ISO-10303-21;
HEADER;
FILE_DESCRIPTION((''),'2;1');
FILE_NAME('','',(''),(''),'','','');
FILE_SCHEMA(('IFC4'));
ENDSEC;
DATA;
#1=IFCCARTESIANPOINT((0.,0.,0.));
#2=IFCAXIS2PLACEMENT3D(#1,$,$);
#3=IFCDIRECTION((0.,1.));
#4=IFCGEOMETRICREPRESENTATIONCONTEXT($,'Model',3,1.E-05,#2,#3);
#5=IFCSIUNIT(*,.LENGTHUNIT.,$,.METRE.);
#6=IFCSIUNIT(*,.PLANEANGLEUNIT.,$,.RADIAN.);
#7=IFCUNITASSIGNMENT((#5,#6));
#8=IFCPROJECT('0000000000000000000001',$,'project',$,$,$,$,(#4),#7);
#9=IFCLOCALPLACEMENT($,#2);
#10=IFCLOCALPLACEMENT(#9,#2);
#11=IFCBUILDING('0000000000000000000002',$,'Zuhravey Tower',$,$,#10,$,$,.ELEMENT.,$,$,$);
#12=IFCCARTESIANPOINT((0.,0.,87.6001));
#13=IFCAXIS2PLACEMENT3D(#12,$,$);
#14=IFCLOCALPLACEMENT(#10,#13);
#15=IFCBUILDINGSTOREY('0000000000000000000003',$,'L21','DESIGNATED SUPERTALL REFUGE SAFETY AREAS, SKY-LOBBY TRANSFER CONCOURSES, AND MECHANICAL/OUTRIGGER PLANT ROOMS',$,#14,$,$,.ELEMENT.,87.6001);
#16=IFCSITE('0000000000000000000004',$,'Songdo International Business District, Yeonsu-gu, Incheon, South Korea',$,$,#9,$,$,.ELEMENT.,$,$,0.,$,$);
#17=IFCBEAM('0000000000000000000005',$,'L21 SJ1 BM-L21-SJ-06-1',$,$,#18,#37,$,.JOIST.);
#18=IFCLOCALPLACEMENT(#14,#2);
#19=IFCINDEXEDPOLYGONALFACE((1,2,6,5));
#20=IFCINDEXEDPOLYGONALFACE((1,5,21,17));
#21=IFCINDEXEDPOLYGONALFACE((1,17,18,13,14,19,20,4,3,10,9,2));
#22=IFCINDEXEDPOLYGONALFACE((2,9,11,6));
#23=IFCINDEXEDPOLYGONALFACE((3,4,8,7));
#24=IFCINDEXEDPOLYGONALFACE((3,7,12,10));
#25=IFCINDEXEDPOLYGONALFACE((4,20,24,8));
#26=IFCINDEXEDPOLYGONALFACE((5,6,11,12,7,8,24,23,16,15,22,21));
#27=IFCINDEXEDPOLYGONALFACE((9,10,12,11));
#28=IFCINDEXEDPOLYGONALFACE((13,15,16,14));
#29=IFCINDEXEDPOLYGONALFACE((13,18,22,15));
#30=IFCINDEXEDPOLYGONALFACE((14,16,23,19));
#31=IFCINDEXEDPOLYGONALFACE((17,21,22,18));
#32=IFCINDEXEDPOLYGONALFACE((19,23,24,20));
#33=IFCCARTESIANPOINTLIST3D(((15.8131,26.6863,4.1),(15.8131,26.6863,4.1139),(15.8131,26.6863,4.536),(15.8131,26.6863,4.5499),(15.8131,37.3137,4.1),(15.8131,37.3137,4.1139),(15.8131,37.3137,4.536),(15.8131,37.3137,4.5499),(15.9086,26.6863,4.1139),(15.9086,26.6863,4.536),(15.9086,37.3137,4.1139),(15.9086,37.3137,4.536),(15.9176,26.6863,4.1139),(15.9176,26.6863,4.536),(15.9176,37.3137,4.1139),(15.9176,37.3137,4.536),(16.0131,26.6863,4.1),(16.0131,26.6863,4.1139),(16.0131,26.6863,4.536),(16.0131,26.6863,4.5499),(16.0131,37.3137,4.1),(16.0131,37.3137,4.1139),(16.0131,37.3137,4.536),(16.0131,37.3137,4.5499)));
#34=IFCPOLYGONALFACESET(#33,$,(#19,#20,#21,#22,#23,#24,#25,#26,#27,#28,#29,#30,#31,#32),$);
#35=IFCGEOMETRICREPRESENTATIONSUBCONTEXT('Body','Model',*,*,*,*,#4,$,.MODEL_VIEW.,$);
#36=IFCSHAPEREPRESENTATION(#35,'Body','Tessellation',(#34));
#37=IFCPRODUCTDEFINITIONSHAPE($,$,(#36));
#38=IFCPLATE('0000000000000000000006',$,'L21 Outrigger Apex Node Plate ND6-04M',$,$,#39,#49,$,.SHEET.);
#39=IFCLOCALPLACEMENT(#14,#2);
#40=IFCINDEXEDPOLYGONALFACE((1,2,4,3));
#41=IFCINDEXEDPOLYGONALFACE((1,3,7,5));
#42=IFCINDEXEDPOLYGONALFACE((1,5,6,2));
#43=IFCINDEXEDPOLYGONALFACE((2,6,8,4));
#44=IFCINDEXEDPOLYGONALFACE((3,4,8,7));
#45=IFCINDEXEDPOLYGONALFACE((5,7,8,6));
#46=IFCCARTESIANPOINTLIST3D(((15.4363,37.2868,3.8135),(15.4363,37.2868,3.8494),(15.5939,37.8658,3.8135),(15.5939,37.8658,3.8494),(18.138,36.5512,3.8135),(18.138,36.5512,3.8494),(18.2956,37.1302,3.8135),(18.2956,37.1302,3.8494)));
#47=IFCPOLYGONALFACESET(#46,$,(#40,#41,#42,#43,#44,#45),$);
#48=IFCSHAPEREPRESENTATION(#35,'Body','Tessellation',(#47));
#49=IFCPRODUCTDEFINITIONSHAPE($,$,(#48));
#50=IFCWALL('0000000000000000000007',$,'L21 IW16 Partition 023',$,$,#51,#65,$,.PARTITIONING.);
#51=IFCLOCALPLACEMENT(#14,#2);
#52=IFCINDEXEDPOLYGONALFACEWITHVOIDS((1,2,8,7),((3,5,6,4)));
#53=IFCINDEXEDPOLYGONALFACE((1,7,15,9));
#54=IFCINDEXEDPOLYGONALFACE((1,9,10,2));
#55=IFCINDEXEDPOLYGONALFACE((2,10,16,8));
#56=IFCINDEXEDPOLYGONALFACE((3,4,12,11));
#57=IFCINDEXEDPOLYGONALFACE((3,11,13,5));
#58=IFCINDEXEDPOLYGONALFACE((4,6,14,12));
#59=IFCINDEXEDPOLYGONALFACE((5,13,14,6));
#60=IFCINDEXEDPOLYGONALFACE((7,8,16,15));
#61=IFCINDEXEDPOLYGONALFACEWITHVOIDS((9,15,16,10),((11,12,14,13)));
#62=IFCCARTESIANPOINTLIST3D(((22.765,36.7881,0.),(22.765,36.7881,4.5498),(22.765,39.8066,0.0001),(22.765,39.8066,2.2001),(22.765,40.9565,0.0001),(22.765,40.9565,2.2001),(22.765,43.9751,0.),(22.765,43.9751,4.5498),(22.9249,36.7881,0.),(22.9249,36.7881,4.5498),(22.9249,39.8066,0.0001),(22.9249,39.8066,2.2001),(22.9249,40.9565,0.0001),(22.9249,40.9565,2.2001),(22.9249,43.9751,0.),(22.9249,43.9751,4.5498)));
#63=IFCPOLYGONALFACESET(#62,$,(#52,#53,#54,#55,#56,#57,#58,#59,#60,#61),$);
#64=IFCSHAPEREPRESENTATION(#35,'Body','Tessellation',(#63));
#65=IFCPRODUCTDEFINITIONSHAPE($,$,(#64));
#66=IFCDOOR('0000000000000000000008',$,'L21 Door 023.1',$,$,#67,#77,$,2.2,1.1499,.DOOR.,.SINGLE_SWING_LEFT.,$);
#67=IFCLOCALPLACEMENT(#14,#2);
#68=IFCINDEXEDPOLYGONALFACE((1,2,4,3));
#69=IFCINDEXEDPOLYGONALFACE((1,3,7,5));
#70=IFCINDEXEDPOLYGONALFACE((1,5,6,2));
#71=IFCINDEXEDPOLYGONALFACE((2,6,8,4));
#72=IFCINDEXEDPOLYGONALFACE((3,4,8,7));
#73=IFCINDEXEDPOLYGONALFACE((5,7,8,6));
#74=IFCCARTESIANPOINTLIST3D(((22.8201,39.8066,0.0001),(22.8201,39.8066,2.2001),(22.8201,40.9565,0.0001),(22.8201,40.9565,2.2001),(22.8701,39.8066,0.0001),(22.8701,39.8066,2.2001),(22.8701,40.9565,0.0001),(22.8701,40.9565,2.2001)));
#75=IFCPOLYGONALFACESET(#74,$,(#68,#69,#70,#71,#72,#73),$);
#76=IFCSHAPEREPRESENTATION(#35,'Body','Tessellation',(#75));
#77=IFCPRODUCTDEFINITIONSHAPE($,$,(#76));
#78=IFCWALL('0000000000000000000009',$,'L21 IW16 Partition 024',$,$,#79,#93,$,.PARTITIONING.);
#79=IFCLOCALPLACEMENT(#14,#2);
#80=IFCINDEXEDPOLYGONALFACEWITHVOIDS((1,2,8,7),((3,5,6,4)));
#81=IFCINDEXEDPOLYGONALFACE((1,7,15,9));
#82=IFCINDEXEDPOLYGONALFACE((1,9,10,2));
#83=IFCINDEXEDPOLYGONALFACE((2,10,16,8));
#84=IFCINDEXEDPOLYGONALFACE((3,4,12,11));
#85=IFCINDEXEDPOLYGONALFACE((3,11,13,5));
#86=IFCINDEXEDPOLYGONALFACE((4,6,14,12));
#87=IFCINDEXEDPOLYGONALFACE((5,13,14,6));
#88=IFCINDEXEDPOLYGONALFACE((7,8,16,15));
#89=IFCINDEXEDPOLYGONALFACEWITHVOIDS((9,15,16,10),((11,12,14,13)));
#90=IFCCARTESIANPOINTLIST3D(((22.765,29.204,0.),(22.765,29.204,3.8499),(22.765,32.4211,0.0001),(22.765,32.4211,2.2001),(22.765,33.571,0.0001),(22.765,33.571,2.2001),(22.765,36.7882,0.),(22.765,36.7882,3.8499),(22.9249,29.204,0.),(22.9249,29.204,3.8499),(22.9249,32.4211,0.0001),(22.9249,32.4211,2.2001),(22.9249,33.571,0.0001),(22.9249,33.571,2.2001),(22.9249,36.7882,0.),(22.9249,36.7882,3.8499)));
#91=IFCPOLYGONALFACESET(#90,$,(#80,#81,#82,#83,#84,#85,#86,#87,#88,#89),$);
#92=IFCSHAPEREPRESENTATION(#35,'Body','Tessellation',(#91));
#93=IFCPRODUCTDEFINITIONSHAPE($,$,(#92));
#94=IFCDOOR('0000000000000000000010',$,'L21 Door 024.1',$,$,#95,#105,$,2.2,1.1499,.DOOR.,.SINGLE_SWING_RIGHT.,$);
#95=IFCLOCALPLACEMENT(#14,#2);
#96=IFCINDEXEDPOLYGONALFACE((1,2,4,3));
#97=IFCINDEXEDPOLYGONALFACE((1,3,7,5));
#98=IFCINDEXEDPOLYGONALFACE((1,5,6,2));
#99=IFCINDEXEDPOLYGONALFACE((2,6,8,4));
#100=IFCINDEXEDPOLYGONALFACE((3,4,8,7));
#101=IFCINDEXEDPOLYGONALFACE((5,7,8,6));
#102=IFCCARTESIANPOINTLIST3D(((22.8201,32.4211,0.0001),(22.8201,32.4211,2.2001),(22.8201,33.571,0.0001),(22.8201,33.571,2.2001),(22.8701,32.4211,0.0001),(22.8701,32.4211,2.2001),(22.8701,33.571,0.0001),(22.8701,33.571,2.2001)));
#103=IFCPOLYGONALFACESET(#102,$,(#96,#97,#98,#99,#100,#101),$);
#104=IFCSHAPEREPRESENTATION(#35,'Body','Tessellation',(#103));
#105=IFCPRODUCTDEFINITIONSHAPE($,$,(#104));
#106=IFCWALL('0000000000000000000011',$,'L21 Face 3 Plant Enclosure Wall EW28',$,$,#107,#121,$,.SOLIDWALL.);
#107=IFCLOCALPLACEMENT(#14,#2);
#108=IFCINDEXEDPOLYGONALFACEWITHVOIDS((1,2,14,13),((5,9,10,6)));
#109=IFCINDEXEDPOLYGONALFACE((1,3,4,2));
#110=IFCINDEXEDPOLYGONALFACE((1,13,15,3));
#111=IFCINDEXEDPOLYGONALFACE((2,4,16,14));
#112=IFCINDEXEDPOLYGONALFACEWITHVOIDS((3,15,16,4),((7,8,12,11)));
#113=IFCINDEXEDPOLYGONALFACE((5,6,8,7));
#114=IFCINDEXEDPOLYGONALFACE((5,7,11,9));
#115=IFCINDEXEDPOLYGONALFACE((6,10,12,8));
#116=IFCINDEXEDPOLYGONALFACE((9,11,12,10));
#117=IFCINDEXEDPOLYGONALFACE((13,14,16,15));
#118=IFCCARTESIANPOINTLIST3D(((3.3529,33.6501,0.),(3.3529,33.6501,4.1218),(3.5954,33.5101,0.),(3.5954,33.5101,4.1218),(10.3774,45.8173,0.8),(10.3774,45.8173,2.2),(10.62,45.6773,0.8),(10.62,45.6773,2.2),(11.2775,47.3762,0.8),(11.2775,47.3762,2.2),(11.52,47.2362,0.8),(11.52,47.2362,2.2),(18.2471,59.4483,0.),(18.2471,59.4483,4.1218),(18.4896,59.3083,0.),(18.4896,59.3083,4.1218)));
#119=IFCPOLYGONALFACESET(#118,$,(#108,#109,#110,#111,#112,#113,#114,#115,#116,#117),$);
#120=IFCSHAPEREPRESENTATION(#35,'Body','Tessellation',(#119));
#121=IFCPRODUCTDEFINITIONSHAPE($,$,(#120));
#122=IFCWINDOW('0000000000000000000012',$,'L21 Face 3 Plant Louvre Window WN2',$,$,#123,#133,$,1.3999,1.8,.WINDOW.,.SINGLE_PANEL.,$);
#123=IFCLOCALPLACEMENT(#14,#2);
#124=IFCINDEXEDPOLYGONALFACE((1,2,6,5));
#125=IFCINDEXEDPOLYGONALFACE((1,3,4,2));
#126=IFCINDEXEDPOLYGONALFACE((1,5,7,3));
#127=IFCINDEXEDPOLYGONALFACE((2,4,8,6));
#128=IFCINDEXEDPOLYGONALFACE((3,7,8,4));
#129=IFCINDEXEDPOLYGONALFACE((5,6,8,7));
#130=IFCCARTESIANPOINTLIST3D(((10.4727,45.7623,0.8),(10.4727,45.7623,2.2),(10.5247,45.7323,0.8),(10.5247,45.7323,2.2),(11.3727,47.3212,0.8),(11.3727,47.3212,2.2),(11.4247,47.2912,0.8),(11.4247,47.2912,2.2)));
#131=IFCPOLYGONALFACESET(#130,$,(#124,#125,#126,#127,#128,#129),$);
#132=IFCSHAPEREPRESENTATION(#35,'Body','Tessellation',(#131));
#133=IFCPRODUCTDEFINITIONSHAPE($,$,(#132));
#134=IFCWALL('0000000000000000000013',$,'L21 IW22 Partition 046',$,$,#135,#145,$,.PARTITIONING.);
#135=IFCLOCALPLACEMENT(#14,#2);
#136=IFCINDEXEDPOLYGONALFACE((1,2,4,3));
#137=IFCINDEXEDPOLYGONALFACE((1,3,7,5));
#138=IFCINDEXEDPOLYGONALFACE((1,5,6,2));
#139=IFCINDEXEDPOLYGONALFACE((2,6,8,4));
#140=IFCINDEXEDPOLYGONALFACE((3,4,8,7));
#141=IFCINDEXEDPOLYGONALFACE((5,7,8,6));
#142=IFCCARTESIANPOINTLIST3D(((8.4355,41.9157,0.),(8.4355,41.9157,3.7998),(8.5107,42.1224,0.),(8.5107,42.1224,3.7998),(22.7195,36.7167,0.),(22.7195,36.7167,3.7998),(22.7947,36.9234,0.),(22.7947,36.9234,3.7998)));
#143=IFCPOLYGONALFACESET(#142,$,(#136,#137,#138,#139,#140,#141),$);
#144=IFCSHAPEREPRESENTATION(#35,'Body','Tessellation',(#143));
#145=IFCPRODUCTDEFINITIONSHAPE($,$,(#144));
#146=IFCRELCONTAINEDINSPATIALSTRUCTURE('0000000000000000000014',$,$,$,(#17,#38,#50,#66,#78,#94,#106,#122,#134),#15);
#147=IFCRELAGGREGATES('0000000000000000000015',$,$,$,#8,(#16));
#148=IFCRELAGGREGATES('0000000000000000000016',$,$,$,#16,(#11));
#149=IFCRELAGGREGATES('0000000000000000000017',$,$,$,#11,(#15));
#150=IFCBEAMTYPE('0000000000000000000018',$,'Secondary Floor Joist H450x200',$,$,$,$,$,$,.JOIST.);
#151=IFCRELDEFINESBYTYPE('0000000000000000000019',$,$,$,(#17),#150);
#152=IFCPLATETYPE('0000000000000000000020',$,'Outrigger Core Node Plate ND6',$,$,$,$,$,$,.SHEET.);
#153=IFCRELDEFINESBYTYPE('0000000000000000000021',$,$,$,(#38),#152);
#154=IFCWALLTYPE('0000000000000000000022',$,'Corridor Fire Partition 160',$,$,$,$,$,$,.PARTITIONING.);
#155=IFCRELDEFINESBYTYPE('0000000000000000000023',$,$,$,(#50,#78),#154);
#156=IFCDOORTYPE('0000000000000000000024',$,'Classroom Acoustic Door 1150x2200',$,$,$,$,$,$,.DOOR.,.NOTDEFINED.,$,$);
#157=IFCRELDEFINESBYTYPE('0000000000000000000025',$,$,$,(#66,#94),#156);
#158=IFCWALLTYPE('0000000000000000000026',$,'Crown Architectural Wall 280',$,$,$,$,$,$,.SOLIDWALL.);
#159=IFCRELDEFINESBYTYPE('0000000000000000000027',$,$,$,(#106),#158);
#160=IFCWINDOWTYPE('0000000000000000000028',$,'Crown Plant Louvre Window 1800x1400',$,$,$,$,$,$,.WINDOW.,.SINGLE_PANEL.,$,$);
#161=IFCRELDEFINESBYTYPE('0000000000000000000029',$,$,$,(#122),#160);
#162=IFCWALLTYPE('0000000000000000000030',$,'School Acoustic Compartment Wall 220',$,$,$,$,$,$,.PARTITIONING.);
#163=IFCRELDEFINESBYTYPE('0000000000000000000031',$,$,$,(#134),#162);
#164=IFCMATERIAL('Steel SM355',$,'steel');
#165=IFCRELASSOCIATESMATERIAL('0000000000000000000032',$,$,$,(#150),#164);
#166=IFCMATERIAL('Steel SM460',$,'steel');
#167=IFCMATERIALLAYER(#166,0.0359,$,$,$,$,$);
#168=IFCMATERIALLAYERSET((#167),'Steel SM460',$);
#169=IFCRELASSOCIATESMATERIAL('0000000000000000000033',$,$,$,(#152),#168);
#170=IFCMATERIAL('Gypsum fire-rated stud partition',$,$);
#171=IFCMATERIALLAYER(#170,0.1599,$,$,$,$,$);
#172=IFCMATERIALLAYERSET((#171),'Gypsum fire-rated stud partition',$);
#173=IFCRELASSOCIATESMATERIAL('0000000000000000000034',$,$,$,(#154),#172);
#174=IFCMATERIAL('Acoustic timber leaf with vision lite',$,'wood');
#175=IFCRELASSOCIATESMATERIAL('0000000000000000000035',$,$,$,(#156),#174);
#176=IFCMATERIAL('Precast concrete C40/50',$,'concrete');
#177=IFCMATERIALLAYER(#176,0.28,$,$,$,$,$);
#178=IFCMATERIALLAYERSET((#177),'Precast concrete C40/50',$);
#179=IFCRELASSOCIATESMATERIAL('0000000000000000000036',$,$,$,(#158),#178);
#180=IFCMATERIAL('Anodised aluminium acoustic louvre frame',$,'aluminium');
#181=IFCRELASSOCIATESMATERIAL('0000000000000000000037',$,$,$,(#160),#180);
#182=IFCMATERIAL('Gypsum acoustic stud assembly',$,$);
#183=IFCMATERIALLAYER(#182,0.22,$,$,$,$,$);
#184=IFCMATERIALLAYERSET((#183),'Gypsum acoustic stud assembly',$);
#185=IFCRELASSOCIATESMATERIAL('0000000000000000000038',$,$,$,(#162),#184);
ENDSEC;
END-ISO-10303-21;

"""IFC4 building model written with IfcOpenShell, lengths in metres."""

from ifc_helpers import new_model, si_unit, direction, frame, frame_2d, origin, origin_2d, place, context, subcontext, project, spatial, rectangle, i_section, extrude, material, layer, layer_set, material_profile, profile_set, type_object, element, fill, save


model = new_model("IFC4")

# Units and contexts
model_context = context("Model", 3, precision=1e-05, world=origin(), true_north=direction((0.0, 1.0)))
body_context = subcontext(model_context, "Body", "Model", "MODEL_VIEW")
ifc_project = project(units=[si_unit("LENGTHUNIT", "METRE"), si_unit("PLANEANGLEUNIT", "RADIAN")], contexts=[model_context])

# Site, building, storey
site_placement = place(None, origin())
site = spatial("IfcSite", under=ifc_project, at=site_placement, Name="Songdo International Business District, Yeonsu-gu, Incheon, South Korea", CompositionType="ELEMENT", RefElevation=0.0)
building_placement = place(site_placement, origin())
building = spatial("IfcBuilding", under=site, at=building_placement, Name="Zuhravey Tower", CompositionType="ELEMENT")
storey_placement = place(building_placement, frame((0.0, 0.0, 87.6001)))
storey = spatial("IfcBuildingStorey", under=building, at=storey_placement, Name="L21", Description="DESIGNATED SUPERTALL REFUGE SAFETY AREAS, SKY-LOBBY TRANSFER CONCOURSES, AND MECHANICAL/OUTRIGGER PLANT ROOMS", CompositionType="ELEMENT", Elevation=87.6001)

# Shared definitions
ifc_material_1 = material(Name="Steel SM355", Category="steel")

# Shared definitions
ifc_material_2 = material(Name="Steel SM460", Category="steel")

# Beam
ifc_material_profile_1 = material_profile(ifc_material_1, i_section(OverallWidth=0.2, OverallDepth=0.45, WebThickness=0.009, FlangeThickness=0.0139, at=origin_2d()), Name="H-450x200x9x14")
ifc_profile_set_1 = profile_set([ifc_material_profile_1], Name="Steel SM355")
beam_type_1 = type_object("IfcBeamType", Name="Secondary Floor Joist H450x200", PredefinedType="JOIST", material=ifc_profile_set_1)
beam_1_placement = place(storey_placement, frame((15.9131, 37.3137, 4.325), z_axis=(0.0, -1.0, 0.0), x_axis=(1.0, 0.0, 0.0)))
element("IfcBeam", 1, at=beam_1_placement, inside=storey, type_object=beam_type_1, Name="L21 SJ1 BM-L21-SJ-06-1", PredefinedType="JOIST", context=body_context, shape_type="SweptSolid", body=[
    extrude(i_section(OverallWidth=0.2, OverallDepth=0.45, WebThickness=0.009, FlangeThickness=0.0139, at=origin_2d()), origin(), (0.0, 0.0, 1.0), 10.6274),
])

# Plate
ifc_layer_1 = layer(ifc_material_2, 0.0359)
ifc_layer_set_1 = layer_set([ifc_layer_1], Name="Steel SM460")
plate_type = type_object("IfcPlateType", Name="Outrigger Core Node Plate ND6", PredefinedType="SHEET", material=ifc_layer_set_1)
plate_placement = place(storey_placement, frame((16.866, 37.2085, 3.8135), z_axis=(0.0, 0.0, 1.0), x_axis=(-0.964879, 0.262694, 0.0)))
element("IfcPlate", 2, at=plate_placement, inside=storey, type_object=plate_type, Name="L21 Outrigger Apex Node Plate ND6-04M", PredefinedType="SHEET", context=body_context, shape_type="SweptSolid", body=[
    extrude(rectangle(XDim=2.8, YDim=0.6001, at=origin_2d()), origin(), (0.0, 0.0, 1.0), 0.0359),
])

# Walls, openings, doors
ifc_material_3 = material(Name="Gypsum fire-rated stud partition")
ifc_layer_2 = layer(ifc_material_3, 0.1599)
ifc_layer_set_2 = layer_set([ifc_layer_2], Name="Gypsum fire-rated stud partition")
wall_type_1 = type_object("IfcWallType", Name="Corridor Fire Partition 160", PredefinedType="PARTITIONING", material=ifc_layer_set_2)
wall_1_placement = place(storey_placement, frame((22.845, 43.9751, 0.0), z_axis=(0.0, 0.0, 1.0), x_axis=(0.0, -1.0, 0.0)))
wall_1 = element("IfcWall", 3, at=wall_1_placement, inside=storey, type_object=wall_type_1, Name="L21 IW16 Partition 023", PredefinedType="PARTITIONING", context=body_context, shape_type="SweptSolid", body=[
    extrude(rectangle(XDim=7.187, YDim=0.1599, at=frame_2d((3.5935, 0.0))), origin(), (0.0, 0.0, 1.0), 4.5498),
])
opening_1_placement = place(wall_1_placement, frame((3.0186, 0.0, 0.0)))
opening_1 = element("IfcOpeningElement", 4, at=opening_1_placement, cuts=wall_1, PredefinedType="OPENING", context=body_context, shape_type="SweptSolid", body=[
    extrude(rectangle(XDim=1.1499, YDim=2.2, at=frame_2d((0.575, 1.1001))), frame((0.0, 0.092, 0.0), z_axis=(0.0, -1.0, 0.0), x_axis=(1.0, 0.0, 0.0)), (0.0, 0.0, 1.0), 0.1838),
])
ifc_material_4 = material(Name="Acoustic timber leaf with vision lite", Category="wood")
door_type = type_object("IfcDoorType", Name="Classroom Acoustic Door 1150x2200", OperationType="NOTDEFINED", PredefinedType="DOOR", material=ifc_material_4)
door_1_placement = place(opening_1_placement, frame((1.1499, 0.0, 0.0), z_axis=(0.0, 0.0, 1.0), x_axis=(-1.0, 0.0, 0.0)))
door_1 = element("IfcDoor", 5, at=door_1_placement, inside=storey, type_object=door_type, Name="L21 Door 023.1", OperationType="SINGLE_SWING_LEFT", OverallHeight=2.2, OverallWidth=1.1499, PredefinedType="DOOR", context=body_context, shape_type="SweptSolid", body=[
    extrude(rectangle(XDim=1.1499, YDim=2.2, at=frame_2d((0.575, 1.1001))), frame((0.0, 0.0249, 0.0), z_axis=(0.0, -1.0, 0.0), x_axis=(1.0, 0.0, 0.0)), (0.0, 0.0, 1.0), 0.05),
])
fill(opening_1, door_1)
wall_2_placement = place(storey_placement, frame((22.845, 36.7881, 0.0), z_axis=(0.0, 0.0, 1.0), x_axis=(0.0, -1.0, 0.0)))
wall_2 = element("IfcWall", 6, at=wall_2_placement, inside=storey, type_object=wall_type_1, Name="L21 IW16 Partition 024", PredefinedType="PARTITIONING", context=body_context, shape_type="SweptSolid", body=[
    extrude(rectangle(XDim=7.5842, YDim=0.1599, at=frame_2d((3.792, 0.0))), origin(), (0.0, 0.0, 1.0), 3.8499),
])
opening_2_placement = place(wall_2_placement, frame((3.217, 0.0, 0.0)))
opening_2 = element("IfcOpeningElement", 7, at=opening_2_placement, cuts=wall_2, PredefinedType="OPENING", context=body_context, shape_type="SweptSolid", body=[
    extrude(rectangle(XDim=1.1499, YDim=2.2, at=frame_2d((0.575, 1.1001))), frame((0.0, 0.092, 0.0), z_axis=(0.0, -1.0, 0.0), x_axis=(1.0, 0.0, 0.0)), (0.0, 0.0, 1.0), 0.1838),
])
door_2_placement = place(opening_2_placement, frame((1.1499, 0.0, 0.0), z_axis=(0.0, 0.0, 1.0), x_axis=(-1.0, 0.0, 0.0)))
door_2 = element("IfcDoor", 8, at=door_2_placement, inside=storey, type_object=door_type, Name="L21 Door 024.1", OperationType="SINGLE_SWING_RIGHT", OverallHeight=2.2, OverallWidth=1.1499, PredefinedType="DOOR", context=body_context, shape_type="SweptSolid", body=[
    extrude(rectangle(XDim=1.1499, YDim=2.2, at=frame_2d((0.575, 1.1001))), frame((0.0, 0.0249, 0.0), z_axis=(0.0, -1.0, 0.0), x_axis=(1.0, 0.0, 0.0)), (0.0, 0.0, 1.0), 0.05),
])
fill(opening_2, door_2)

# Wall, opening, window
ifc_material_5 = material(Name="Precast concrete C40/50", Category="concrete")
ifc_layer_3 = layer(ifc_material_5, 0.28)
ifc_layer_set_3 = layer_set([ifc_layer_3], Name="Precast concrete C40/50")
wall_type_2 = type_object("IfcWallType", Name="Crown Architectural Wall 280", PredefinedType="SOLIDWALL", material=ifc_layer_set_3)
wall_3_placement = place(storey_placement, frame((3.4741, 33.5801, 0.0), z_axis=(0.0, 0.0, 1.0), x_axis=(0.49999, 0.866031, 0.0)))
wall_3 = element("IfcWall", 9, at=wall_3_placement, inside=storey, type_object=wall_type_2, Name="L21 Face 3 Plant Enclosure Wall EW28", PredefinedType="SOLIDWALL", context=body_context, shape_type="SweptSolid", body=[
    extrude(rectangle(XDim=29.7891, YDim=0.28, at=frame_2d((14.8945, 0.0))), origin(), (0.0, 0.0, 1.0), 4.1218),
])
opening_3_placement = place(wall_3_placement, frame((14.0496, 0.0, 0.8)))
opening_3 = element("IfcOpeningElement", 10, at=opening_3_placement, cuts=wall_3, PredefinedType="OPENING", context=body_context, shape_type="SweptSolid", body=[
    extrude(rectangle(XDim=1.8, YDim=1.3999, at=frame_2d((0.8999, 0.7))), frame((0.0, 0.1521, 0.0), z_axis=(0.0, -1.0, 0.0), x_axis=(1.0, 0.0, 0.0)), (0.0, 0.0, 1.0), 0.304),
])
ifc_material_6 = material(Name="Anodised aluminium acoustic louvre frame", Category="aluminium")
window_type = type_object("IfcWindowType", Name="Crown Plant Louvre Window 1800x1400", PartitioningType="SINGLE_PANEL", PredefinedType="WINDOW", material=ifc_material_6)
window_placement = place(opening_3_placement, origin())
window = element("IfcWindow", 11, at=window_placement, inside=storey, type_object=window_type, Name="L21 Face 3 Plant Louvre Window WN2", OverallHeight=1.3999, OverallWidth=1.8, PartitioningType="SINGLE_PANEL", PredefinedType="WINDOW", context=body_context, shape_type="SweptSolid", body=[
    extrude(rectangle(XDim=1.8, YDim=1.3999, at=frame_2d((0.8999, 0.7))), frame((0.0, 0.03, 0.0), z_axis=(0.0, -1.0, 0.0), x_axis=(1.0, 0.0, 0.0)), (0.0, 0.0, 1.0), 0.0601),
])
fill(opening_3, window)

# Wall
ifc_material_7 = material(Name="Gypsum acoustic stud assembly")
ifc_layer_4 = layer(ifc_material_7, 0.22)
ifc_layer_set_4 = layer_set([ifc_layer_4], Name="Gypsum acoustic stud assembly")
wall_type_3 = type_object("IfcWallType", Name="School Acoustic Compartment Wall 220", PredefinedType="PARTITIONING", material=ifc_layer_set_4)
wall_4_placement = place(storey_placement, frame((22.7571, 36.8201, 0.0), z_axis=(0.0, 0.0, 1.0), x_axis=(-0.939692, 0.342023, 0.0)))
element("IfcWall", 12, at=wall_4_placement, inside=storey, type_object=wall_type_3, Name="L21 IW22 Partition 046", PredefinedType="PARTITIONING", context=body_context, shape_type="SweptSolid", body=[
    extrude(rectangle(XDim=15.2007, YDim=0.22, at=frame_2d((7.6003, 0.0))), origin(), (0.0, 0.0, 1.0), 3.7998),
])

save(model, "model.ifc")
